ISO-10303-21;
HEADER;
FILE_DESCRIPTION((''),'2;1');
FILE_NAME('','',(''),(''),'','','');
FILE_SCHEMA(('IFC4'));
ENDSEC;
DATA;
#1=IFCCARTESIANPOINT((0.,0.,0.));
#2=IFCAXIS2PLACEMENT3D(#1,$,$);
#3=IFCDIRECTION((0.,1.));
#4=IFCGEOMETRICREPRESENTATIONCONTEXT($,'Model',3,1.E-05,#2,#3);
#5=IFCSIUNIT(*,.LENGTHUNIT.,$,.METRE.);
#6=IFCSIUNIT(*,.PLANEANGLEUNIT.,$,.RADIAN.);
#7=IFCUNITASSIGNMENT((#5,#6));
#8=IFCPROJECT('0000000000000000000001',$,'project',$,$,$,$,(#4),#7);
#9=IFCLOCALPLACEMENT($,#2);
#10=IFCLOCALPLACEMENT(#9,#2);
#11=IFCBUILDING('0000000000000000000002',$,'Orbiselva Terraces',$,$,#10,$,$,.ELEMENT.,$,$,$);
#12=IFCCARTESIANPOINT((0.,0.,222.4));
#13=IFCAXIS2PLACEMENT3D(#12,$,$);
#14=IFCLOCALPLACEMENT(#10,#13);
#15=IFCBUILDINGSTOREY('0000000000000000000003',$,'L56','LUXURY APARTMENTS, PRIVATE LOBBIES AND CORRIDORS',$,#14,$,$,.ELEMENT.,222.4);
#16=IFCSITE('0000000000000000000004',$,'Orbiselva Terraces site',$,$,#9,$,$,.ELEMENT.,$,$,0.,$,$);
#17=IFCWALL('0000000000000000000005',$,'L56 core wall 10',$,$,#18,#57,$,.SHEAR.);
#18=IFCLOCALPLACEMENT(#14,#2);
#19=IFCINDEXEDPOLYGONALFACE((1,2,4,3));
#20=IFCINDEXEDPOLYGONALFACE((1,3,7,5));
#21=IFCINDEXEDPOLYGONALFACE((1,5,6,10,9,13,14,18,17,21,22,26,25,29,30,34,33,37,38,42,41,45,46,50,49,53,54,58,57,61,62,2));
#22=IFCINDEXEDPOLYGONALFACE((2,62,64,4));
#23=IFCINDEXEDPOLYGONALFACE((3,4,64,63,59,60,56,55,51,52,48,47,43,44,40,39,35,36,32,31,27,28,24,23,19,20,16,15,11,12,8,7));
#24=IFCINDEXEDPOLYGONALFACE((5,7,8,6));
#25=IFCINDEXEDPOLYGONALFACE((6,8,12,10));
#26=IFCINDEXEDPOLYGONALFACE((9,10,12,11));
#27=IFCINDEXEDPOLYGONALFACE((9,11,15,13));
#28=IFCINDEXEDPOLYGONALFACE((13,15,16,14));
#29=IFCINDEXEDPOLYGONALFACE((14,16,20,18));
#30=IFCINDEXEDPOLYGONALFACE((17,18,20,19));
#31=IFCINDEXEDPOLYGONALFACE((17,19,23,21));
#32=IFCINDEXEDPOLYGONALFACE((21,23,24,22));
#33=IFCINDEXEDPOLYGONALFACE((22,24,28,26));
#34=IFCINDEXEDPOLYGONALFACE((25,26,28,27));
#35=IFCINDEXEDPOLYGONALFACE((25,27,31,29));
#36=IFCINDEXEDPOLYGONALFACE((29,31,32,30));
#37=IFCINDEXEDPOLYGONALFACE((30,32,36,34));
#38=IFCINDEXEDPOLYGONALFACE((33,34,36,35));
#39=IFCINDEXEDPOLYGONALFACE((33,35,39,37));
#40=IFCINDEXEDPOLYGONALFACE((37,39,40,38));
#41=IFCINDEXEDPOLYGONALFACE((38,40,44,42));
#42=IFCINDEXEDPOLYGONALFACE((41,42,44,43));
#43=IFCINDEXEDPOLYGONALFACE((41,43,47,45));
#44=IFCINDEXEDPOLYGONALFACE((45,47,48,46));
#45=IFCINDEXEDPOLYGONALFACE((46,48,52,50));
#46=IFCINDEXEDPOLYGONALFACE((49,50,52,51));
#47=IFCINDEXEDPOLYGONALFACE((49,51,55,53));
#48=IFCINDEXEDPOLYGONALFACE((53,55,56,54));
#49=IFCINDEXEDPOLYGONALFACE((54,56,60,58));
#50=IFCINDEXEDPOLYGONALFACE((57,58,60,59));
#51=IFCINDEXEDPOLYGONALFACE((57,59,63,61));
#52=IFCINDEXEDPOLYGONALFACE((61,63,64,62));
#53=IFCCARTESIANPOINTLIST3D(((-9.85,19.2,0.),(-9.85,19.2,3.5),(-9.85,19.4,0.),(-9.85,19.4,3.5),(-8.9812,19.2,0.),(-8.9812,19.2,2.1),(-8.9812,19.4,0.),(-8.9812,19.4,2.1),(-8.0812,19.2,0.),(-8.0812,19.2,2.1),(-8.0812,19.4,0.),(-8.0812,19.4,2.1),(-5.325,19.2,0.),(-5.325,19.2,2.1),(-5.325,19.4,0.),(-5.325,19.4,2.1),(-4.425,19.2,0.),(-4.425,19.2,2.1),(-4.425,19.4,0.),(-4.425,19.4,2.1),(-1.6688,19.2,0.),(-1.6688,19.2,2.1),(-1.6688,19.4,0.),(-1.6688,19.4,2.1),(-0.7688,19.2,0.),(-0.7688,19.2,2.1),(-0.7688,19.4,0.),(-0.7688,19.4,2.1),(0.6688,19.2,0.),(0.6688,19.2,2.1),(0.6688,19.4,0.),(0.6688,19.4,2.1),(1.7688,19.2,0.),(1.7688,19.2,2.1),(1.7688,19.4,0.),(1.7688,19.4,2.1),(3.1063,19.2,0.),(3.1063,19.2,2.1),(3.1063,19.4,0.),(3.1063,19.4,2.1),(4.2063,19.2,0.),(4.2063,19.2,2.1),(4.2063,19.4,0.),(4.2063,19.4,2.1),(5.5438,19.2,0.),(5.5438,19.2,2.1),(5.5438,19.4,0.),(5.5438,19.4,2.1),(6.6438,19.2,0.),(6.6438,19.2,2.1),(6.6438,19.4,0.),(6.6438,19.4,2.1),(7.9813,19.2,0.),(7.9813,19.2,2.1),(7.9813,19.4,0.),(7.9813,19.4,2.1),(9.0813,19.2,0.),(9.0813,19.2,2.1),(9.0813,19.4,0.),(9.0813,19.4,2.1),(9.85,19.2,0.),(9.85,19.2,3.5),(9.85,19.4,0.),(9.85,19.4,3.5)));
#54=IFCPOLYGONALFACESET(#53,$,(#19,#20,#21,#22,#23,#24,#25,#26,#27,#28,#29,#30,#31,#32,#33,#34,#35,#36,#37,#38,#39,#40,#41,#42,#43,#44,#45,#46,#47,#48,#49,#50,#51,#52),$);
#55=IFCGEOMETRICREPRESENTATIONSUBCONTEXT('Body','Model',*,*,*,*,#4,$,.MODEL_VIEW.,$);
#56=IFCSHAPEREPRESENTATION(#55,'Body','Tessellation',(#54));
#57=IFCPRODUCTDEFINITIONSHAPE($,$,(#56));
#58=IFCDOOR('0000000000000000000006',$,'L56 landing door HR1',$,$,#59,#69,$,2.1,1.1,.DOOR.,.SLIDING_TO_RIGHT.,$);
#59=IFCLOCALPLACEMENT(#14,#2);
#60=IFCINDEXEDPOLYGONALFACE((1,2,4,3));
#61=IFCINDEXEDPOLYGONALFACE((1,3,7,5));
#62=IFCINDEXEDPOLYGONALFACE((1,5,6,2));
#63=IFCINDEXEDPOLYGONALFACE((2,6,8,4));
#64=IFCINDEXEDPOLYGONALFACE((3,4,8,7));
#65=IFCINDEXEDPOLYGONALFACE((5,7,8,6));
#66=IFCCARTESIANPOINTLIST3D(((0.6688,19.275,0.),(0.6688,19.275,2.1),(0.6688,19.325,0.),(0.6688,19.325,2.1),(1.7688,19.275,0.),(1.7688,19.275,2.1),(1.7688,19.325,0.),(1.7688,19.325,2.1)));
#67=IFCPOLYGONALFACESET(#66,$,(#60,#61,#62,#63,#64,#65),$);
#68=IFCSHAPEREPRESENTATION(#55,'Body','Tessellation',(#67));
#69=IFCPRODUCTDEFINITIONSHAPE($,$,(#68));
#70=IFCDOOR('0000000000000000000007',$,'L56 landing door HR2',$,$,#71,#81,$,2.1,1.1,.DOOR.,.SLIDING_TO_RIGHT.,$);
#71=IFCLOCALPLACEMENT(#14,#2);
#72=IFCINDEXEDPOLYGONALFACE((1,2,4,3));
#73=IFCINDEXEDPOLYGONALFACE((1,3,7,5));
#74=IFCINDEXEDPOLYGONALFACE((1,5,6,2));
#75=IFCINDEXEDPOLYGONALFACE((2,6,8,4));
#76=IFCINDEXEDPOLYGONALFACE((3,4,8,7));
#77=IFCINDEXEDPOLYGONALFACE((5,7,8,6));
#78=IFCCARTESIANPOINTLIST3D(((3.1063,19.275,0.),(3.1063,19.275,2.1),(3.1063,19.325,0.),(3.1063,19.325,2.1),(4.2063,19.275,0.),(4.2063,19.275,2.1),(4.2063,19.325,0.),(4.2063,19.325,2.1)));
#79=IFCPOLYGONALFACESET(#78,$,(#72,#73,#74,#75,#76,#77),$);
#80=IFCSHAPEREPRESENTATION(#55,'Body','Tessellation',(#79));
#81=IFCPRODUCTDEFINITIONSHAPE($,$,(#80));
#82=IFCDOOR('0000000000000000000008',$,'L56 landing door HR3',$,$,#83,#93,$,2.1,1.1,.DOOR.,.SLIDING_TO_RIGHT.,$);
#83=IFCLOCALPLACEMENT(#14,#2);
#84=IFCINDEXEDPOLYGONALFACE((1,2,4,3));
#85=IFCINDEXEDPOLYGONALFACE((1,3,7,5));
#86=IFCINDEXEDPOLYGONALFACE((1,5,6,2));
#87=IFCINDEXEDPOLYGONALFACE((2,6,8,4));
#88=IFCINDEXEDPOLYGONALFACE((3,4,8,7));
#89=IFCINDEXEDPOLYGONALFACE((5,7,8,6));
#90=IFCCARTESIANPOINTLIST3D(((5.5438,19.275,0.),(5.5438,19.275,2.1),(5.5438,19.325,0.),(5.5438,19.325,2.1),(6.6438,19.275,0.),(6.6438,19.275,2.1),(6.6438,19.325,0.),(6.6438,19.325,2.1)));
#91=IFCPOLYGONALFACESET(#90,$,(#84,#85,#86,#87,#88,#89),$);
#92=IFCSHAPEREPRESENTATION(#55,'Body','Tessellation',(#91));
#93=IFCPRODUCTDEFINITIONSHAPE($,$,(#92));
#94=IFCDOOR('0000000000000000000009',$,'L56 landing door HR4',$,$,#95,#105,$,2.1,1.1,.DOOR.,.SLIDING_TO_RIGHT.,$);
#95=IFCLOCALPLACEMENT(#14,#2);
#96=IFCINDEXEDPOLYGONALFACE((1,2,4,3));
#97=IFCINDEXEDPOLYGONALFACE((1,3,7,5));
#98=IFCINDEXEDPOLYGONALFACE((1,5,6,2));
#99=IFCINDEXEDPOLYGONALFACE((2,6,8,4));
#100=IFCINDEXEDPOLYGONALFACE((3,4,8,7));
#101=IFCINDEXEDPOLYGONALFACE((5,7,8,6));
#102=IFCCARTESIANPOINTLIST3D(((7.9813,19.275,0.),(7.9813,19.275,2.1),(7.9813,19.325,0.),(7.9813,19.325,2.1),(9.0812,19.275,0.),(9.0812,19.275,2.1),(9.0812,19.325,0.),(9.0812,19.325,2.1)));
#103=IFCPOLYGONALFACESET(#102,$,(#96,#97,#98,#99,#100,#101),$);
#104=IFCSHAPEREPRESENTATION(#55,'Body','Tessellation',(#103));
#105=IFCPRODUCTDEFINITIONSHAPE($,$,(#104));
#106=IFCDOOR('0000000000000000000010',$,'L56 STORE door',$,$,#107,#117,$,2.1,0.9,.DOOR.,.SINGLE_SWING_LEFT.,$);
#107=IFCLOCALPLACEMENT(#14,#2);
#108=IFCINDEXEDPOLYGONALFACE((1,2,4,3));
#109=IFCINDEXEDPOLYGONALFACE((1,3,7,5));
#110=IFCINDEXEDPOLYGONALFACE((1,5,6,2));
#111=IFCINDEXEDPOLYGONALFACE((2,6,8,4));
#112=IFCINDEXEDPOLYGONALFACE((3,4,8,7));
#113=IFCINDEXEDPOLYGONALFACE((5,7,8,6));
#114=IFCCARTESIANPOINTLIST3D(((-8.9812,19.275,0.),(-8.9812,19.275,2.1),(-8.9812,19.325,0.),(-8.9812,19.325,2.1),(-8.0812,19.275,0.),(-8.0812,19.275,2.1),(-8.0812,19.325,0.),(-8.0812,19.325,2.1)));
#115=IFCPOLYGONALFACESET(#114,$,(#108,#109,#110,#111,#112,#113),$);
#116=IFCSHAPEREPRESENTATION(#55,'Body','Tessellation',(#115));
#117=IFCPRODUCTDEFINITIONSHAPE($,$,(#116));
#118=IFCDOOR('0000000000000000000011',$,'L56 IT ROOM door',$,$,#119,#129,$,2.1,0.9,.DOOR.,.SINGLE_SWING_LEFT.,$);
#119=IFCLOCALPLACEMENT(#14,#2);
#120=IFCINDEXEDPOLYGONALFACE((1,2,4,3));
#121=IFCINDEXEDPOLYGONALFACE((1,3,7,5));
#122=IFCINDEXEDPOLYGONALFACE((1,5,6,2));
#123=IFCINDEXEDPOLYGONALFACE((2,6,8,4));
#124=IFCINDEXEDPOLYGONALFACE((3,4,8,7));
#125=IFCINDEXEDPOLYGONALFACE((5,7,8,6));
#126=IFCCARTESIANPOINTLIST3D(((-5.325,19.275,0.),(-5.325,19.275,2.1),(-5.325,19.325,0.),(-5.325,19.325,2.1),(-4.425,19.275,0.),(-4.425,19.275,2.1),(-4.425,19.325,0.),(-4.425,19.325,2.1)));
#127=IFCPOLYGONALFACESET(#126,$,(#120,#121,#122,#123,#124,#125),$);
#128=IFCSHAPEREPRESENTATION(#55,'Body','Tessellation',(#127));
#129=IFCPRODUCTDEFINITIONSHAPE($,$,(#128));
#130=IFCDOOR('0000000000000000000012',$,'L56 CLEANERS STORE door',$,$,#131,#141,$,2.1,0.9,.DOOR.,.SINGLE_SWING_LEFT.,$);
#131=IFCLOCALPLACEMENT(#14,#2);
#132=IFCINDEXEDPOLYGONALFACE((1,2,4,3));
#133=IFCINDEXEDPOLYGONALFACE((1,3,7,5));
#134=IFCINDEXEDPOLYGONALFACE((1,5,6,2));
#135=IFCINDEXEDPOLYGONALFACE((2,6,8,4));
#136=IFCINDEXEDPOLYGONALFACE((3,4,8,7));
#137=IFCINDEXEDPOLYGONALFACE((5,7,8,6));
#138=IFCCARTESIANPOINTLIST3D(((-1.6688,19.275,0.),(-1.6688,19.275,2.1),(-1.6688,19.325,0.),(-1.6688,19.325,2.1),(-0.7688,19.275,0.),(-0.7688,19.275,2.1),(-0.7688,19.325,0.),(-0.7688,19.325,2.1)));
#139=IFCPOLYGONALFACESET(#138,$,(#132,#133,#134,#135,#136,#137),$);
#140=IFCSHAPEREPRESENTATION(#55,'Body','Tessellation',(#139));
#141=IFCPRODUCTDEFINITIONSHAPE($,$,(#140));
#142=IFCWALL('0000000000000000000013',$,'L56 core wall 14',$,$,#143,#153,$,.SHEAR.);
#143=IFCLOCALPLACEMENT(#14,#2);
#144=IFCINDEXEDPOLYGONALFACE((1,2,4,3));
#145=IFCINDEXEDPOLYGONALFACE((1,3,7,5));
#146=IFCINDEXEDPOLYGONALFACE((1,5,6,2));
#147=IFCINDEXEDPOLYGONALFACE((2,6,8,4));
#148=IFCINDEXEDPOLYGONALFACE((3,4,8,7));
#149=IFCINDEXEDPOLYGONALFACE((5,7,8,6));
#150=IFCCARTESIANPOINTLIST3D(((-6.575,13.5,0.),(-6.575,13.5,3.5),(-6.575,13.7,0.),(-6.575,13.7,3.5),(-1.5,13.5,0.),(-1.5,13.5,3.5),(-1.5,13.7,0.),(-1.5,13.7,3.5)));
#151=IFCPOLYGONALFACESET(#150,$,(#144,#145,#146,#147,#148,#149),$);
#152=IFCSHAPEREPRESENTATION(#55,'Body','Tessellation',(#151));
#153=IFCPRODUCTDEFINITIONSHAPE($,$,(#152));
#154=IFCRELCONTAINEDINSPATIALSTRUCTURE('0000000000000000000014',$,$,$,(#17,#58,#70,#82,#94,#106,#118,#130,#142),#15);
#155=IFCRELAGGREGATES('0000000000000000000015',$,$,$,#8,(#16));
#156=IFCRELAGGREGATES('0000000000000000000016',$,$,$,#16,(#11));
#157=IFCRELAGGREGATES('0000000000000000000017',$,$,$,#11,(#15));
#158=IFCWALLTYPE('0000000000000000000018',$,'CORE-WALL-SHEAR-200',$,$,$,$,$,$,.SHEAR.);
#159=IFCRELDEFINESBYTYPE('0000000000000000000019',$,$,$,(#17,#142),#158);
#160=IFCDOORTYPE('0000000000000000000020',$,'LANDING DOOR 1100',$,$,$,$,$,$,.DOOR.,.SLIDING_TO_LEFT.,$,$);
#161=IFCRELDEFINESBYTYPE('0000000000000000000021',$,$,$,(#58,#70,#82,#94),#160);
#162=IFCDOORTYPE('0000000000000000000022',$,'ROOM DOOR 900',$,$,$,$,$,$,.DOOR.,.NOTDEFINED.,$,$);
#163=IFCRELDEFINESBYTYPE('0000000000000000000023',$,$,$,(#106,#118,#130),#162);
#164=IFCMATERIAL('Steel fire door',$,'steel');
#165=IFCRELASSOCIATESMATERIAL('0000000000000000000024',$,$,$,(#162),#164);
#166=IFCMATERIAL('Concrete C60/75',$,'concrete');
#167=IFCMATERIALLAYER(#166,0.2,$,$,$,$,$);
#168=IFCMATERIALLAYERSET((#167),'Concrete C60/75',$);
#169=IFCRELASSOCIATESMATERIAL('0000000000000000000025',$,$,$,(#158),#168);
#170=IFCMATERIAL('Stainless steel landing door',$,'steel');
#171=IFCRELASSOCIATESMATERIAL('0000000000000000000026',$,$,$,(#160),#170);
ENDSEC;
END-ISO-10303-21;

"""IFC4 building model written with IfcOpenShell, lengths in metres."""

from ifc_helpers import new_model, si_unit, direction, frame, frame_2d, origin, place, context, subcontext, project, spatial, rectangle, extrude, material, layer, layer_set, type_object, element, fill, save


model = new_model("IFC4")

# Units and contexts
model_context = context("Model", 3, precision=1e-05, world=origin(), true_north=direction((0.0, 1.0)))
body_context = subcontext(model_context, "Body", "Model", "MODEL_VIEW")
ifc_project = project(units=[si_unit("LENGTHUNIT", "METRE"), si_unit("PLANEANGLEUNIT", "RADIAN")], contexts=[model_context])

# Site, building, storey
site_placement = place(None, origin())
site = spatial("IfcSite", under=ifc_project, at=site_placement, Name="Orbiselva Terraces site", CompositionType="ELEMENT", RefElevation=0.0)
building_placement = place(site_placement, origin())
building = spatial("IfcBuilding", under=site, at=building_placement, Name="Orbiselva Terraces", CompositionType="ELEMENT")
storey_placement = place(building_placement, frame((0.0, 0.0, 222.4)))
storey = spatial("IfcBuildingStorey", under=building, at=storey_placement, Name="L56", Description="LUXURY APARTMENTS, PRIVATE LOBBIES AND CORRIDORS", CompositionType="ELEMENT", Elevation=222.4)

# Shared definitions
ifc_material_1 = material(Name="Steel fire door", Category="steel")
door_type_1 = type_object("IfcDoorType", Name="ROOM DOOR 900", OperationType="NOTDEFINED", PredefinedType="DOOR", material=ifc_material_1)

# Shared definitions
ifc_material_2 = material(Name="Concrete C60/75", Category="concrete")
ifc_layer_1 = layer(ifc_material_2, 0.2)
ifc_layer_set_1 = layer_set([ifc_layer_1], Name="Concrete C60/75")
wall_type_1 = type_object("IfcWallType", Name="CORE-WALL-SHEAR-200", PredefinedType="SHEAR", material=ifc_layer_set_1)

# Wall, openings, doors
wall_1_placement = place(storey_placement, frame((-9.85, 19.3, 0.0), z_axis=(0.0, 0.0, 1.0), x_axis=(1.0, 0.0, 0.0)))
wall_1 = element("IfcWall", 1, at=wall_1_placement, inside=storey, type_object=wall_type_1, Name="L56 core wall 10", PredefinedType="SHEAR", context=body_context, shape_type="SweptSolid", body=[
    extrude(rectangle(XDim=19.7, YDim=0.2, at=frame_2d((9.85, 0.0))), origin(), (0.0, 0.0, 1.0), 3.5),
])
opening_1_placement = place(wall_1_placement, frame((10.5188, 0.0, 0.0)))
opening_1 = element("IfcOpeningElement", 2, at=opening_1_placement, cuts=wall_1, PredefinedType="OPENING", context=body_context, shape_type="SweptSolid", body=[
    extrude(rectangle(XDim=1.1, YDim=2.1, at=frame_2d((0.55, 1.05))), frame((0.0, 0.11, 0.0), z_axis=(0.0, -1.0, 0.0), x_axis=(1.0, 0.0, 0.0)), (0.0, 0.0, 1.0), 0.22),
])
opening_2_placement = place(wall_1_placement, frame((12.9563, 0.0, 0.0)))
opening_2 = element("IfcOpeningElement", 3, at=opening_2_placement, cuts=wall_1, PredefinedType="OPENING", context=body_context, shape_type="SweptSolid", body=[
    extrude(rectangle(XDim=1.1, YDim=2.1, at=frame_2d((0.55, 1.05))), frame((0.0, 0.11, 0.0), z_axis=(0.0, -1.0, 0.0), x_axis=(1.0, 0.0, 0.0)), (0.0, 0.0, 1.0), 0.22),
])
opening_3_placement = place(wall_1_placement, frame((15.3938, 0.0, 0.0)))
opening_3 = element("IfcOpeningElement", 4, at=opening_3_placement, cuts=wall_1, PredefinedType="OPENING", context=body_context, shape_type="SweptSolid", body=[
    extrude(rectangle(XDim=1.1, YDim=2.1, at=frame_2d((0.55, 1.05))), frame((0.0, 0.11, 0.0), z_axis=(0.0, -1.0, 0.0), x_axis=(1.0, 0.0, 0.0)), (0.0, 0.0, 1.0), 0.22),
])
opening_4_placement = place(wall_1_placement, frame((17.8313, 0.0, 0.0)))
opening_4 = element("IfcOpeningElement", 5, at=opening_4_placement, cuts=wall_1, PredefinedType="OPENING", context=body_context, shape_type="SweptSolid", body=[
    extrude(rectangle(XDim=1.1, YDim=2.1, at=frame_2d((0.55, 1.05))), frame((0.0, 0.11, 0.0), z_axis=(0.0, -1.0, 0.0), x_axis=(1.0, 0.0, 0.0)), (0.0, 0.0, 1.0), 0.22),
])
opening_5_placement = place(wall_1_placement, frame((0.8688, 0.0, 0.0)))
opening_5 = element("IfcOpeningElement", 6, at=opening_5_placement, cuts=wall_1, PredefinedType="OPENING", context=body_context, shape_type="SweptSolid", body=[
    extrude(rectangle(XDim=0.9, YDim=2.1, at=frame_2d((0.45, 1.05))), frame((0.0, 0.11, 0.0), z_axis=(0.0, -1.0, 0.0), x_axis=(1.0, 0.0, 0.0)), (0.0, 0.0, 1.0), 0.22),
])
opening_6_placement = place(wall_1_placement, frame((4.525, 0.0, 0.0)))
opening_6 = element("IfcOpeningElement", 7, at=opening_6_placement, cuts=wall_1, PredefinedType="OPENING", context=body_context, shape_type="SweptSolid", body=[
    extrude(rectangle(XDim=0.9, YDim=2.1, at=frame_2d((0.45, 1.05))), frame((0.0, 0.11, 0.0), z_axis=(0.0, -1.0, 0.0), x_axis=(1.0, 0.0, 0.0)), (0.0, 0.0, 1.0), 0.22),
])
opening_7_placement = place(wall_1_placement, frame((8.1812, 0.0, 0.0)))
opening_7 = element("IfcOpeningElement", 8, at=opening_7_placement, cuts=wall_1, PredefinedType="OPENING", context=body_context, shape_type="SweptSolid", body=[
    extrude(rectangle(XDim=0.9, YDim=2.1, at=frame_2d((0.45, 1.05))), frame((0.0, 0.11, 0.0), z_axis=(0.0, -1.0, 0.0), x_axis=(1.0, 0.0, 0.0)), (0.0, 0.0, 1.0), 0.22),
])
ifc_material_3 = material(Name="Stainless steel landing door", Category="steel")
door_type_2 = type_object("IfcDoorType", Name="LANDING DOOR 1100", OperationType="SLIDING_TO_LEFT", PredefinedType="DOOR", material=ifc_material_3)
door_1_placement = place(opening_1_placement, origin())
door_1 = element("IfcDoor", 9, at=door_1_placement, inside=storey, type_object=door_type_2, Name="L56 landing door HR1", OperationType="SLIDING_TO_RIGHT", OverallHeight=2.1, OverallWidth=1.1, PredefinedType="DOOR", context=body_context, shape_type="SweptSolid", body=[
    extrude(rectangle(XDim=1.1, YDim=2.1, at=frame_2d((0.55, 1.05))), frame((0.0, 0.025, 0.0), z_axis=(0.0, -1.0, 0.0), x_axis=(1.0, 0.0, 0.0)), (0.0, 0.0, 1.0), 0.05),
])
fill(opening_1, door_1)
door_2_placement = place(opening_2_placement, origin())
door_2 = element("IfcDoor", 10, at=door_2_placement, inside=storey, type_object=door_type_2, Name="L56 landing door HR2", OperationType="SLIDING_TO_RIGHT", OverallHeight=2.1, OverallWidth=1.1, PredefinedType="DOOR", context=body_context, shape_type="SweptSolid", body=[
    extrude(rectangle(XDim=1.1, YDim=2.1, at=frame_2d((0.55, 1.05))), frame((0.0, 0.025, 0.0), z_axis=(0.0, -1.0, 0.0), x_axis=(1.0, 0.0, 0.0)), (0.0, 0.0, 1.0), 0.05),
])
fill(opening_2, door_2)
door_3_placement = place(opening_3_placement, origin())
door_3 = element("IfcDoor", 11, at=door_3_placement, inside=storey, type_object=door_type_2, Name="L56 landing door HR3", OperationType="SLIDING_TO_RIGHT", OverallHeight=2.1, OverallWidth=1.1, PredefinedType="DOOR", context=body_context, shape_type="SweptSolid", body=[
    extrude(rectangle(XDim=1.1, YDim=2.1, at=frame_2d((0.55, 1.05))), frame((0.0, 0.025, 0.0), z_axis=(0.0, -1.0, 0.0), x_axis=(1.0, 0.0, 0.0)), (0.0, 0.0, 1.0), 0.05),
])
fill(opening_3, door_3)
door_4_placement = place(opening_4_placement, origin())
door_4 = element("IfcDoor", 12, at=door_4_placement, inside=storey, type_object=door_type_2, Name="L56 landing door HR4", OperationType="SLIDING_TO_RIGHT", OverallHeight=2.1, OverallWidth=1.1, PredefinedType="DOOR", context=body_context, shape_type="SweptSolid", body=[
    extrude(rectangle(XDim=1.1, YDim=2.1, at=frame_2d((0.55, 1.05))), frame((0.0, 0.025, 0.0), z_axis=(0.0, -1.0, 0.0), x_axis=(1.0, 0.0, 0.0)), (0.0, 0.0, 1.0), 0.05),
])
fill(opening_4, door_4)
door_5_placement = place(opening_5_placement, origin())
door_5 = element("IfcDoor", 13, at=door_5_placement, inside=storey, type_object=door_type_1, Name="L56 STORE door", OperationType="SINGLE_SWING_LEFT", OverallHeight=2.1, OverallWidth=0.9, PredefinedType="DOOR", context=body_context, shape_type="SweptSolid", body=[
    extrude(rectangle(XDim=0.9, YDim=2.1, at=frame_2d((0.45, 1.05))), frame((0.0, 0.025, 0.0), z_axis=(0.0, -1.0, 0.0), x_axis=(1.0, 0.0, 0.0)), (0.0, 0.0, 1.0), 0.05),
])
fill(opening_5, door_5)
door_6_placement = place(opening_6_placement, origin())
door_6 = element("IfcDoor", 14, at=door_6_placement, inside=storey, type_object=door_type_1, Name="L56 IT ROOM door", OperationType="SINGLE_SWING_LEFT", OverallHeight=2.1, OverallWidth=0.9, PredefinedType="DOOR", context=body_context, shape_type="SweptSolid", body=[
    extrude(rectangle(XDim=0.9, YDim=2.1, at=frame_2d((0.45, 1.05))), frame((0.0, 0.025, 0.0), z_axis=(0.0, -1.0, 0.0), x_axis=(1.0, 0.0, 0.0)), (0.0, 0.0, 1.0), 0.05),
])
fill(opening_6, door_6)
door_7_placement = place(opening_7_placement, origin())
door_7 = element("IfcDoor", 15, at=door_7_placement, inside=storey, type_object=door_type_1, Name="L56 CLEANERS STORE door", OperationType="SINGLE_SWING_LEFT", OverallHeight=2.1, OverallWidth=0.9, PredefinedType="DOOR", context=body_context, shape_type="SweptSolid", body=[
    extrude(rectangle(XDim=0.9, YDim=2.1, at=frame_2d((0.45, 1.05))), frame((0.0, 0.025, 0.0), z_axis=(0.0, -1.0, 0.0), x_axis=(1.0, 0.0, 0.0)), (0.0, 0.0, 1.0), 0.05),
])
fill(opening_7, door_7)

# Wall
wall_2_placement = place(storey_placement, frame((-6.575, 13.6, 0.0), z_axis=(0.0, 0.0, 1.0), x_axis=(1.0, 0.0, 0.0)))
element("IfcWall", 16, at=wall_2_placement, inside=storey, type_object=wall_type_1, Name="L56 core wall 14", PredefinedType="SHEAR", context=body_context, shape_type="SweptSolid", body=[
    extrude(rectangle(XDim=5.075, YDim=0.2, at=frame_2d((2.5375, 0.0))), origin(), (0.0, 0.0, 1.0), 3.5),
])

save(model, "model.ifc")
